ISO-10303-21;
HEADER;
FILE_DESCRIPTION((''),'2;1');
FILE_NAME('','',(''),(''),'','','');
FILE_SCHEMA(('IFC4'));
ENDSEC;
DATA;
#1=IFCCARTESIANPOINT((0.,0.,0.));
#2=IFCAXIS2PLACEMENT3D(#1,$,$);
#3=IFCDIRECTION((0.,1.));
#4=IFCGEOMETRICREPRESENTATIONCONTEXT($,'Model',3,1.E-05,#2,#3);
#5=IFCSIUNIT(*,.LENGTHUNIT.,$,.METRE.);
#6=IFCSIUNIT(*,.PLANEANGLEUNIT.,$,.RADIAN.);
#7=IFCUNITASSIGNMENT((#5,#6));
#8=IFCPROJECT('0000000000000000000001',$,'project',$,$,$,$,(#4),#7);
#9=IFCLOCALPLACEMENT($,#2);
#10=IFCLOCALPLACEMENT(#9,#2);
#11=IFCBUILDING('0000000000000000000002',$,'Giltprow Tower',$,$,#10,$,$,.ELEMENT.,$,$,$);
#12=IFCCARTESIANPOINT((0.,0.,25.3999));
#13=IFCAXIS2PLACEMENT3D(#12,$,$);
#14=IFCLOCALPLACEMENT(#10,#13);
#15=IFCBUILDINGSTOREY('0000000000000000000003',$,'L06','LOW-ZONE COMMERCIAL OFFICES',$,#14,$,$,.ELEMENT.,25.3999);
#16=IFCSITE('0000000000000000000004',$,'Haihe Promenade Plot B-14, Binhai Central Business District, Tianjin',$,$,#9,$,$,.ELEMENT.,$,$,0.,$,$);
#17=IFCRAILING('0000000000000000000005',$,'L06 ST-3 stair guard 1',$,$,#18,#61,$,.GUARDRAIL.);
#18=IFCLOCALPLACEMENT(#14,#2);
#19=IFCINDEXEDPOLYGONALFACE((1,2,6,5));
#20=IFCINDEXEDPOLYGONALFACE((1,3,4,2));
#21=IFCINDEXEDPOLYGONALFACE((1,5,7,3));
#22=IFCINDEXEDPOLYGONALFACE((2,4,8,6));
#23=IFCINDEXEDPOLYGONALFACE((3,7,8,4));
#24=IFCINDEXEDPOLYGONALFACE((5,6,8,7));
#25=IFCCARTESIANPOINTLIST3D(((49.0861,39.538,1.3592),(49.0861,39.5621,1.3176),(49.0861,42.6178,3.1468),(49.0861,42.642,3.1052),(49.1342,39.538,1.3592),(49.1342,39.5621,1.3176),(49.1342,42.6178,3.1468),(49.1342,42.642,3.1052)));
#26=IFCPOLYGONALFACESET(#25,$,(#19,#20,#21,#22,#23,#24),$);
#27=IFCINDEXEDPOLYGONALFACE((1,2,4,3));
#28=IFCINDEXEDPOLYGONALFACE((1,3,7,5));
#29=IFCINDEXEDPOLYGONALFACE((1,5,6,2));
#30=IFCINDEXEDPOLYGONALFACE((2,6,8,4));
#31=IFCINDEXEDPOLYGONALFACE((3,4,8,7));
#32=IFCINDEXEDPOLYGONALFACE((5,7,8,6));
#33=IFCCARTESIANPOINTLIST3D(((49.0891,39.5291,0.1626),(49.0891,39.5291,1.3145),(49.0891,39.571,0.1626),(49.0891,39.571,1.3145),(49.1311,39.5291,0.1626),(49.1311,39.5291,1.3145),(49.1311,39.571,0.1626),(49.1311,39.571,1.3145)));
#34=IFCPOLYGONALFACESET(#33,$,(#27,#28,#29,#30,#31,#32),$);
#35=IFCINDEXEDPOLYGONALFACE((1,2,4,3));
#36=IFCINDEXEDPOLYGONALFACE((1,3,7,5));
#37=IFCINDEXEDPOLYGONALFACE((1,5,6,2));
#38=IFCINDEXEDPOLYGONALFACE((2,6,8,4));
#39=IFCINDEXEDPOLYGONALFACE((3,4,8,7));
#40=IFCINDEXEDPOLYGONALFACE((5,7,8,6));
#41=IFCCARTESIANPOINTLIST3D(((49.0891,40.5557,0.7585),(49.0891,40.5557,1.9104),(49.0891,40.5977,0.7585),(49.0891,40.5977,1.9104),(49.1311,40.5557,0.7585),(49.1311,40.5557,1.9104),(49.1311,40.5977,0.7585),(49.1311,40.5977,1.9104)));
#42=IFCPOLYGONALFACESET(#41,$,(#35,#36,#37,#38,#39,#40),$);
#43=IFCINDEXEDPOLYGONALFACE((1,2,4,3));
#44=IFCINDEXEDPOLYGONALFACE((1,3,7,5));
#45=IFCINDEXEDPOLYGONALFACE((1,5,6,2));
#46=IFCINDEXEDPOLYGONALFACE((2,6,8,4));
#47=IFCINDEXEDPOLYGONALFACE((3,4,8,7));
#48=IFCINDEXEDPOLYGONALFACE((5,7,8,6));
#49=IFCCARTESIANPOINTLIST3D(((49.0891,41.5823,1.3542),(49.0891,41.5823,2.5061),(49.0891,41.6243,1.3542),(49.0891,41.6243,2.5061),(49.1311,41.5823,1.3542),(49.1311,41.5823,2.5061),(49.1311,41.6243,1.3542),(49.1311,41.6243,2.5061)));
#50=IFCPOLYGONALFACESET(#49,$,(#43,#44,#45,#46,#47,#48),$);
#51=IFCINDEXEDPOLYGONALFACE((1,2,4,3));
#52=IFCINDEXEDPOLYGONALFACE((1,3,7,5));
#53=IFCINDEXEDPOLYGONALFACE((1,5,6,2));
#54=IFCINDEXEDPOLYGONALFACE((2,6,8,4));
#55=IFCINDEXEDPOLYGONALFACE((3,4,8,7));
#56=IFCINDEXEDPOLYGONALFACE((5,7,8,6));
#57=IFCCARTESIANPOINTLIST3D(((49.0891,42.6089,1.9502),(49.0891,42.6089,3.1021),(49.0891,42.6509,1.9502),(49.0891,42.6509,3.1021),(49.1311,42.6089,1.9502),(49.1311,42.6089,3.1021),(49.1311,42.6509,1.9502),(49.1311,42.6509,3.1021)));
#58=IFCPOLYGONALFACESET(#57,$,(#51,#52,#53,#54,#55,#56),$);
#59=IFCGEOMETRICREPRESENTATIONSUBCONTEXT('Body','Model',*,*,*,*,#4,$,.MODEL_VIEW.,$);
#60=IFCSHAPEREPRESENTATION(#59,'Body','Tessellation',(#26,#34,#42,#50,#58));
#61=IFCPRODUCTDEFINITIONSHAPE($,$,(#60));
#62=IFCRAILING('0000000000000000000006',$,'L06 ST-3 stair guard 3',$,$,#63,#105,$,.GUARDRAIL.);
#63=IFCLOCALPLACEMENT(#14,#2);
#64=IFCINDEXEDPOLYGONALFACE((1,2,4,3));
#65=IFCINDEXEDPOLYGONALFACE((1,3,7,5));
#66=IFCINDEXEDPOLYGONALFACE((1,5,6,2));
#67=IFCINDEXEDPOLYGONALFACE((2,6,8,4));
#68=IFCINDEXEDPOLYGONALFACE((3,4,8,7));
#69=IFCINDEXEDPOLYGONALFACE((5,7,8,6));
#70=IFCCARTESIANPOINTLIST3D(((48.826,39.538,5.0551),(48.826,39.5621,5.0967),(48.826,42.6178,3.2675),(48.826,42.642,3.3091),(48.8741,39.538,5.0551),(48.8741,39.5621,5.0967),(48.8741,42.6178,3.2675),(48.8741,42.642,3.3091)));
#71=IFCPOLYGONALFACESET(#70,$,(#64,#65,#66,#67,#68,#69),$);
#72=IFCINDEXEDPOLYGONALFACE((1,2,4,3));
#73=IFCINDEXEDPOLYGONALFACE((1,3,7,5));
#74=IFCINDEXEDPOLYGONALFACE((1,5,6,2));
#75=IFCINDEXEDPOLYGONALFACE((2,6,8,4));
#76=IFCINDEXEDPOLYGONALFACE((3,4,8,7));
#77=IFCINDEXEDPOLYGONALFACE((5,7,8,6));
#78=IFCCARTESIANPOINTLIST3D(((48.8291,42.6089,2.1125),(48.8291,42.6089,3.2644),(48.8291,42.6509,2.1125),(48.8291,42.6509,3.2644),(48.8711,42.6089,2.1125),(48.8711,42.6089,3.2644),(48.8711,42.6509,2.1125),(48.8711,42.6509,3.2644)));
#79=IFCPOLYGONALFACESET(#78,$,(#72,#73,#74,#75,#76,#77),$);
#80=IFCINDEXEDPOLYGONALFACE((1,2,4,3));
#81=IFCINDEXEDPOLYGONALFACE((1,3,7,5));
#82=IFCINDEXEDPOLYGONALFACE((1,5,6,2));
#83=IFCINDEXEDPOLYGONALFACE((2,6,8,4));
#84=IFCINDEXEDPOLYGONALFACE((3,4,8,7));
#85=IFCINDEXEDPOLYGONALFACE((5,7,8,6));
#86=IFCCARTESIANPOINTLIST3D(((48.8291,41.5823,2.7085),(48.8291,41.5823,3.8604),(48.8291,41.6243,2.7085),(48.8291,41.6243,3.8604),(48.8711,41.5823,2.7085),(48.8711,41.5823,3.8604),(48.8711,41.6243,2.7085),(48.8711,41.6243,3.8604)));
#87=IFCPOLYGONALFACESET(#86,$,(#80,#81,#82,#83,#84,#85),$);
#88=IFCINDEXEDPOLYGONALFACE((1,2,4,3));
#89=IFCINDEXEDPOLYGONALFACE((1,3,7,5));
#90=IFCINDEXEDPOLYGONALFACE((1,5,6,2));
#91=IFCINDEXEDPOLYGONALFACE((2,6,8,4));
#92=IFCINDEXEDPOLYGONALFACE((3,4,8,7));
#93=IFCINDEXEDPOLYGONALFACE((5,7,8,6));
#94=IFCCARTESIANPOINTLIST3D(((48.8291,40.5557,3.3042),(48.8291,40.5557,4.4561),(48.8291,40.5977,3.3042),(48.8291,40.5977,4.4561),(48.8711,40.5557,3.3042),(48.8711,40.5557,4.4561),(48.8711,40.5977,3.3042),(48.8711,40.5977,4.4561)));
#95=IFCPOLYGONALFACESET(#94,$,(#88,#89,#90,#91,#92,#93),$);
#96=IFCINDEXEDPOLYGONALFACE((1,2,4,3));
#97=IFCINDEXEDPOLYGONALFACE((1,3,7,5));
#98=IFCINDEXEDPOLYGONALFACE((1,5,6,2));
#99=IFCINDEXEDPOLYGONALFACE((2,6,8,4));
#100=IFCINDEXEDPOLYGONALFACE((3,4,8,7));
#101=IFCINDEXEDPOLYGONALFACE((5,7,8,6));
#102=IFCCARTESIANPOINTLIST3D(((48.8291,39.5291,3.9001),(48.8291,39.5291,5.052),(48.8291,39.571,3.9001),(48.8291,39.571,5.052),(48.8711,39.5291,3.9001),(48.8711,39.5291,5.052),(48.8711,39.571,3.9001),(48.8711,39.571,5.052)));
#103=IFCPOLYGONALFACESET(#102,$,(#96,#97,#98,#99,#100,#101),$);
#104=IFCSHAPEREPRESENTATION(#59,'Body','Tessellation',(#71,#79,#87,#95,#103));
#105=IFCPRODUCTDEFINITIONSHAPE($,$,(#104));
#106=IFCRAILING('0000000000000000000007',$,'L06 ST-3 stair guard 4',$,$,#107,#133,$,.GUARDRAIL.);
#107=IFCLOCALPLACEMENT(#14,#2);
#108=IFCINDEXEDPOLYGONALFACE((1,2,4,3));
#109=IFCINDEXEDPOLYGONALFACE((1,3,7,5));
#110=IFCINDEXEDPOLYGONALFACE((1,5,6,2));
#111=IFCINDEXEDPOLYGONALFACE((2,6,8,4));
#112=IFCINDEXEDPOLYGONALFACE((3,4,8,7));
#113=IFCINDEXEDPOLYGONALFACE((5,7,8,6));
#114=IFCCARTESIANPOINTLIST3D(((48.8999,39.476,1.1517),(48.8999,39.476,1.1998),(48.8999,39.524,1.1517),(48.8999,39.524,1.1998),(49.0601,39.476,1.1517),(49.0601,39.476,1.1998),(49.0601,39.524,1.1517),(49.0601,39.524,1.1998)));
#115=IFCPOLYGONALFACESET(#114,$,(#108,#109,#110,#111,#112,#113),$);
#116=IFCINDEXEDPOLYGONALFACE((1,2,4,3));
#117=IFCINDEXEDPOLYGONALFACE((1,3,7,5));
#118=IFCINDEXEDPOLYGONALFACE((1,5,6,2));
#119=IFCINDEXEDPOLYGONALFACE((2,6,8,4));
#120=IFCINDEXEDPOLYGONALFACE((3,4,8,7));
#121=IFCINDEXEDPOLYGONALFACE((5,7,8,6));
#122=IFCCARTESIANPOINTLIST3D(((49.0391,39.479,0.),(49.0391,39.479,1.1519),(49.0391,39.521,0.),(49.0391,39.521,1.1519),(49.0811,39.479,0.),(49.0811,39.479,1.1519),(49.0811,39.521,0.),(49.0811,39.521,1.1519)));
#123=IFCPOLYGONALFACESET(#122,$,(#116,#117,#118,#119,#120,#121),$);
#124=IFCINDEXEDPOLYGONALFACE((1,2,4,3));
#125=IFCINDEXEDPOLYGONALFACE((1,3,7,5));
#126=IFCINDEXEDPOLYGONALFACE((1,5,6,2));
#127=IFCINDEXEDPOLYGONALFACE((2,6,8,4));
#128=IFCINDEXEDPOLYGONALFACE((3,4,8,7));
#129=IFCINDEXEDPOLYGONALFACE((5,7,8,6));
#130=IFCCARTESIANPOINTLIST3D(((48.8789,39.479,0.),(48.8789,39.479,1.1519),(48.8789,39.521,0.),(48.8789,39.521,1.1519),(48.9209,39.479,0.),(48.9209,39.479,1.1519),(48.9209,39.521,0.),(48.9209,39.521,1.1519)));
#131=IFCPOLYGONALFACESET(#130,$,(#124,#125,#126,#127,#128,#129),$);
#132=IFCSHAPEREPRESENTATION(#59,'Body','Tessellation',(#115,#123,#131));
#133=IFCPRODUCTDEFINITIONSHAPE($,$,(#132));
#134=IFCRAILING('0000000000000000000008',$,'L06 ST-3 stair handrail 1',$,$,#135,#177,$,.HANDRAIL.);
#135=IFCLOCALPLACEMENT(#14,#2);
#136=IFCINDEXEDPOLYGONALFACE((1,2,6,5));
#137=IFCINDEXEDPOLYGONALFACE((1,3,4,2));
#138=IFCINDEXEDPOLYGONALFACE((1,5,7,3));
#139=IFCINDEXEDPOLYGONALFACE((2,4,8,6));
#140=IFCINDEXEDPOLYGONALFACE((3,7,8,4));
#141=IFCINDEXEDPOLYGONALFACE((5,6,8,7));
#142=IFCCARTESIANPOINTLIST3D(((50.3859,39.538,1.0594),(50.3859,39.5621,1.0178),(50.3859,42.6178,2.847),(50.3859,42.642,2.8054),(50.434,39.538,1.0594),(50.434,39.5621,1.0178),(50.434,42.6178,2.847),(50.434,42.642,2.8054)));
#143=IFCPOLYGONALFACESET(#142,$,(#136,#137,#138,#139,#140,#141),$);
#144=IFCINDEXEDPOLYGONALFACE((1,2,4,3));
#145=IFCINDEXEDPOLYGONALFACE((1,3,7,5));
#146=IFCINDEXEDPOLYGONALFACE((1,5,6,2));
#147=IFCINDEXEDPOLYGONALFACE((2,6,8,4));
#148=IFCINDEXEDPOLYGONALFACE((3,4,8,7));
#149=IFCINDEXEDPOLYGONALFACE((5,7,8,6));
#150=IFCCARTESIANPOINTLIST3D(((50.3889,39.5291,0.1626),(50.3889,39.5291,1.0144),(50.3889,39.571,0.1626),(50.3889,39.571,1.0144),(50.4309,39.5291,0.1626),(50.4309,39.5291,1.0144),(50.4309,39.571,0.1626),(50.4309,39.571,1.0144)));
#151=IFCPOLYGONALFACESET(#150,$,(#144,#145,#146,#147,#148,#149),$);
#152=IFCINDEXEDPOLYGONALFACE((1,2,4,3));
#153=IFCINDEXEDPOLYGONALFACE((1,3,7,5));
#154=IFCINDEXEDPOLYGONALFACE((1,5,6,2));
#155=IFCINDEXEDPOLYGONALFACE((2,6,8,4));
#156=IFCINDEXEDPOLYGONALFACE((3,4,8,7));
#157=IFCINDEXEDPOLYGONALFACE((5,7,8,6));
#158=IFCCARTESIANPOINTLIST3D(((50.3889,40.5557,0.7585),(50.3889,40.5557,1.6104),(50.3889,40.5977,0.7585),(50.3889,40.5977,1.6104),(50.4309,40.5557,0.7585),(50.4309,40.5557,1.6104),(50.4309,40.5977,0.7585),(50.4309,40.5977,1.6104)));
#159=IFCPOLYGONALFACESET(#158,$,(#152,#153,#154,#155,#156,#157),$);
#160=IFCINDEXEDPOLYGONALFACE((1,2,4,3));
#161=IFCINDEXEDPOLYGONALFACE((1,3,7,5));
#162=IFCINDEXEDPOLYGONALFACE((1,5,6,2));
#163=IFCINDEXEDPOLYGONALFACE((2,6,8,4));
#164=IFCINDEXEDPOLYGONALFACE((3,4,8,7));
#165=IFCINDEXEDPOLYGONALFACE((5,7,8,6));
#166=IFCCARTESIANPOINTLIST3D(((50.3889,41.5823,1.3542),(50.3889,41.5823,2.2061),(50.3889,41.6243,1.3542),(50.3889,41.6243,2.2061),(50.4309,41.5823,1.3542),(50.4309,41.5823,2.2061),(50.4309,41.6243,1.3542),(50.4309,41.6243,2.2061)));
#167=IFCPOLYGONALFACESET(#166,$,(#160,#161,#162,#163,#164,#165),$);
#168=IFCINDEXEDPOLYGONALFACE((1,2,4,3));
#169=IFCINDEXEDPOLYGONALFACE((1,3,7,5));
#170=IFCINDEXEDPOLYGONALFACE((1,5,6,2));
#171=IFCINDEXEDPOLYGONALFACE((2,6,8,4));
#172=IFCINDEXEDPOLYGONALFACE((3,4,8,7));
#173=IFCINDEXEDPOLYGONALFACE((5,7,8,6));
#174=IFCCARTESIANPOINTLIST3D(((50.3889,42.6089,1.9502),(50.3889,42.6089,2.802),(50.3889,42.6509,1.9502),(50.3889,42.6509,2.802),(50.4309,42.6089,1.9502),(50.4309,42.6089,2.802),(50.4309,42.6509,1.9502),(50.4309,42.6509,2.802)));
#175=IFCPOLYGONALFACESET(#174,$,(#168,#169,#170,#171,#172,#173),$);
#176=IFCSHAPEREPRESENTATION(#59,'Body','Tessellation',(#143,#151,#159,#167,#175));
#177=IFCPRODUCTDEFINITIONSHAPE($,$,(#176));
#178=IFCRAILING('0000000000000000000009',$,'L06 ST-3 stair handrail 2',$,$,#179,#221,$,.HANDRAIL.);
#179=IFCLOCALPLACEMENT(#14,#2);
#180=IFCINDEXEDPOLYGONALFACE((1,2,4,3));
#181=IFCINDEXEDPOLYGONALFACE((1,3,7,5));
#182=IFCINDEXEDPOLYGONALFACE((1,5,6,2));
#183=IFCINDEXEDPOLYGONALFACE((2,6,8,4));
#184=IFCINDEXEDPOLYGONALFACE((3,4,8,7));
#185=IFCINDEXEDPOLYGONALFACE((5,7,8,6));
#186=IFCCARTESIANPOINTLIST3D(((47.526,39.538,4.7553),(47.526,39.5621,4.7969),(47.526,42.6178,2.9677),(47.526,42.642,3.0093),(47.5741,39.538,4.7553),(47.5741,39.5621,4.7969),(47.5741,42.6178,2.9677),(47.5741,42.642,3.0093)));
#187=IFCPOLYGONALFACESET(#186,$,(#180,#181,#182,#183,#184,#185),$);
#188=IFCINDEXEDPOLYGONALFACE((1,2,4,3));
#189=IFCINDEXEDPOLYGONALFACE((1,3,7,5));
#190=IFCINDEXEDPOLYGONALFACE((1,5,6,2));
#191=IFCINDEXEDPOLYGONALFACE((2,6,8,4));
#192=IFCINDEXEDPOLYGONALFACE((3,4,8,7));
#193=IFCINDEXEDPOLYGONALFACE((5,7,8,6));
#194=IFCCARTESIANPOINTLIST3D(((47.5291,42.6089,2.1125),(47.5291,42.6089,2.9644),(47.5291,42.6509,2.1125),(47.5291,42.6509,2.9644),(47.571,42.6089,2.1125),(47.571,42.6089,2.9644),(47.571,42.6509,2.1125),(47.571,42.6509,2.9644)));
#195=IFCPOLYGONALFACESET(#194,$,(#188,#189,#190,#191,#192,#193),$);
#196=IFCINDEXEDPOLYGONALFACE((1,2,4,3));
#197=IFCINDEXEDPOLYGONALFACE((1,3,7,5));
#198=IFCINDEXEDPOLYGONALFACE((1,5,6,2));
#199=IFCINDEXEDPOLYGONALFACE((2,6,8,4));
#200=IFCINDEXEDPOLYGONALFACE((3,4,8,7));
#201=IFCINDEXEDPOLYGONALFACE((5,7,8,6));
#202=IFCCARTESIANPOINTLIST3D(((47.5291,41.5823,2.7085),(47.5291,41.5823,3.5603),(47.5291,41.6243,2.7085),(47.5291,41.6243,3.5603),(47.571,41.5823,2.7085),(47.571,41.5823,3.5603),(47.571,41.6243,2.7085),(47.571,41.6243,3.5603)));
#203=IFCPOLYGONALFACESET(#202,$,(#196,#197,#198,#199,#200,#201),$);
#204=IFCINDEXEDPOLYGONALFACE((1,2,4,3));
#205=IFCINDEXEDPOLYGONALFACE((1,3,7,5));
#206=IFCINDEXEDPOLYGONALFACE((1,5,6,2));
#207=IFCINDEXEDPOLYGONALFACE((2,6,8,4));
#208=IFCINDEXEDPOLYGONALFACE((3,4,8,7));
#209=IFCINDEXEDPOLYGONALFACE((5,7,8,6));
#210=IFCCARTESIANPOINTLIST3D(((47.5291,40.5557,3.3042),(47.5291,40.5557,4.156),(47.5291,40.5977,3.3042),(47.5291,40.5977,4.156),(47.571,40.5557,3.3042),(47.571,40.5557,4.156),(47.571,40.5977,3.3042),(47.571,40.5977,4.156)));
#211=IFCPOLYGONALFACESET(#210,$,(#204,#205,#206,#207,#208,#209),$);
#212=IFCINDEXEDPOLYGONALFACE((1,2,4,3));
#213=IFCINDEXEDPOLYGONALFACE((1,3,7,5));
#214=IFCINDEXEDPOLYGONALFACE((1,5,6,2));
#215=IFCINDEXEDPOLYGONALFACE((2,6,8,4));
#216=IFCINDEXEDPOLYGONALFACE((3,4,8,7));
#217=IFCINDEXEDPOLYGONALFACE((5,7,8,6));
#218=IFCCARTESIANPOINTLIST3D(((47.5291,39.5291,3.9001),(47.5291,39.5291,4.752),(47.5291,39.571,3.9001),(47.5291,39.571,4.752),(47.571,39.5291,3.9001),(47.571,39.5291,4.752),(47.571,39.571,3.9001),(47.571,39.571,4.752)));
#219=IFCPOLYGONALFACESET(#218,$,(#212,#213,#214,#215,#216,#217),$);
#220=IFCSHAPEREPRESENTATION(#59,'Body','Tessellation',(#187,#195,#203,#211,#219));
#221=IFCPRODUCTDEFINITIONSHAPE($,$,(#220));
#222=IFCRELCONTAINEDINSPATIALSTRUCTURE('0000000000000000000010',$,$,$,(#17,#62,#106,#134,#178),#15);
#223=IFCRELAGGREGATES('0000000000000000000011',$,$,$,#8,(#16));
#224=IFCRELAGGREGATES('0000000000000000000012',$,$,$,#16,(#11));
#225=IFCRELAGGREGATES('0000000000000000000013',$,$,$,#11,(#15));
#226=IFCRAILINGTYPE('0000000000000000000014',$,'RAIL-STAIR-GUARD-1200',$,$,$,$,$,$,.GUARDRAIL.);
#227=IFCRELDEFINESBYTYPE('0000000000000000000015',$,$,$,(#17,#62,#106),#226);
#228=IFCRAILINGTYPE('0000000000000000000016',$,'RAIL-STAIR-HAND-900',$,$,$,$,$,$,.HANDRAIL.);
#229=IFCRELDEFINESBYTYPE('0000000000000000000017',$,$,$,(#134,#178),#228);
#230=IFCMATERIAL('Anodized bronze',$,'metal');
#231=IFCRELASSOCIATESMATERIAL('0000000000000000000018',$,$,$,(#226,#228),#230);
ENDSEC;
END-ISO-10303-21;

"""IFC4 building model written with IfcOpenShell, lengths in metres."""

from ifc_helpers import new_model, si_unit, direction, frame, origin, origin_2d, place, context, subcontext, project, spatial, rectangle, extrude, material, type_object, element, save


model = new_model("IFC4")

# Units and contexts
model_context = context("Model", 3, precision=1e-05, world=origin(), true_north=direction((0.0, 1.0)))
body_context = subcontext(model_context, "Body", "Model", "MODEL_VIEW")
ifc_project = project(units=[si_unit("LENGTHUNIT", "METRE"), si_unit("PLANEANGLEUNIT", "RADIAN")], contexts=[model_context])

# Site, building, storey
site_placement = place(None, origin())
site = spatial("IfcSite", under=ifc_project, at=site_placement, Name="Haihe Promenade Plot B-14, Binhai Central Business District, Tianjin", CompositionType="ELEMENT", RefElevation=0.0)
building_placement = place(site_placement, origin())
building = spatial("IfcBuilding", under=site, at=building_placement, Name="Giltprow Tower", CompositionType="ELEMENT")
storey_placement = place(building_placement, frame((0.0, 0.0, 25.3999)))
storey = spatial("IfcBuildingStorey", under=building, at=storey_placement, Name="L06", Description="LOW-ZONE COMMERCIAL OFFICES", CompositionType="ELEMENT", Elevation=25.3999)

# Railings
ifc_material_1 = material(Name="Anodized bronze", Category="metal")
railing_type_1 = type_object("IfcRailingType", Name="RAIL-STAIR-GUARD-1200", PredefinedType="GUARDRAIL", material=ifc_material_1)
railing_1_placement = place(storey_placement, frame((49.1101, 39.55, 0.1626)))
element("IfcRailing", 1, at=railing_1_placement, inside=storey, type_object=railing_type_1, Name="L06 ST-3 stair guard 1", PredefinedType="GUARDRAIL", context=body_context, shape_type="SweptSolid", body=[
    extrude(rectangle(XDim=0.0481, YDim=0.0481, at=origin_2d()), frame((0.0, 0.0, 1.1758), z_axis=(0.0, 0.864873, 0.50199), x_axis=(-1.0, 0.0, 0.0)), (0.0, 0.0, 1.0), 3.561),
    extrude(rectangle(XDim=0.042, YDim=0.042, at=origin_2d()), origin(), (0.0, 0.0, 1.0), 1.1519),
    extrude(rectangle(XDim=0.042, YDim=0.042, at=origin_2d()), frame((0.0, 1.0266, 0.5959)), (0.0, 0.0, 1.0), 1.1519),
    extrude(rectangle(XDim=0.042, YDim=0.042, at=origin_2d()), frame((0.0, 2.0532, 1.1917)), (0.0, 0.0, 1.0), 1.1519),
    extrude(rectangle(XDim=0.042, YDim=0.042, at=origin_2d()), frame((0.0, 3.0798, 1.7876)), (0.0, 0.0, 1.0), 1.1519),
])
railing_2_placement = place(storey_placement, frame((48.8501, 42.6299, 2.1125)))
element("IfcRailing", 2, at=railing_2_placement, inside=storey, type_object=railing_type_1, Name="L06 ST-3 stair guard 3", PredefinedType="GUARDRAIL", context=body_context, shape_type="SweptSolid", body=[
    extrude(rectangle(XDim=0.0481, YDim=0.0481, at=origin_2d()), frame((0.0, 0.0, 1.1758), z_axis=(0.0, -0.864873, 0.50199), x_axis=(1.0, 0.0, 0.0)), (0.0, 0.0, 1.0), 3.561),
    extrude(rectangle(XDim=0.042, YDim=0.042, at=origin_2d()), origin(), (0.0, 0.0, 1.0), 1.1519),
    extrude(rectangle(XDim=0.042, YDim=0.042, at=origin_2d()), frame((0.0, -1.0266, 0.5959)), (0.0, 0.0, 1.0), 1.1519),
    extrude(rectangle(XDim=0.042, YDim=0.042, at=origin_2d()), frame((0.0, -2.0532, 1.1917)), (0.0, 0.0, 1.0), 1.1519),
    extrude(rectangle(XDim=0.042, YDim=0.042, at=origin_2d()), frame((0.0, -3.0798, 1.7876)), (0.0, 0.0, 1.0), 1.1519),
])
railing_3_placement = place(storey_placement, frame((49.0601, 39.5, 0.0)))
element("IfcRailing", 3, at=railing_3_placement, inside=storey, type_object=railing_type_1, Name="L06 ST-3 stair guard 4", PredefinedType="GUARDRAIL", context=body_context, shape_type="SweptSolid", body=[
    extrude(rectangle(XDim=0.0481, YDim=0.0481, at=origin_2d()), frame((0.0, 0.0, 1.1758), z_axis=(-1.0, 0.0, 0.0), x_axis=(0.0, -1.0, 0.0)), (0.0, 0.0, 1.0), 0.1602),
    extrude(rectangle(XDim=0.042, YDim=0.042, at=origin_2d()), origin(), (0.0, 0.0, 1.0), 1.1519),
    extrude(rectangle(XDim=0.042, YDim=0.042, at=origin_2d()), frame((-0.1602, 0.0, 0.0)), (0.0, 0.0, 1.0), 1.1519),
])
railing_type_2 = type_object("IfcRailingType", Name="RAIL-STAIR-HAND-900", PredefinedType="HANDRAIL", material=ifc_material_1)
railing_4_placement = place(storey_placement, frame((50.4099, 39.55, 0.1626)))
element("IfcRailing", 4, at=railing_4_placement, inside=storey, type_object=railing_type_2, Name="L06 ST-3 stair handrail 1", PredefinedType="HANDRAIL", context=body_context, shape_type="SweptSolid", body=[
    extrude(rectangle(XDim=0.0481, YDim=0.0481, at=origin_2d()), frame((0.0, 0.0, 0.876), z_axis=(0.0, 0.864873, 0.50199), x_axis=(-1.0, 0.0, 0.0)), (0.0, 0.0, 1.0), 3.561),
    extrude(rectangle(XDim=0.042, YDim=0.042, at=origin_2d()), origin(), (0.0, 0.0, 1.0), 0.8518),
    extrude(rectangle(XDim=0.042, YDim=0.042, at=origin_2d()), frame((0.0, 1.0266, 0.5959)), (0.0, 0.0, 1.0), 0.8518),
    extrude(rectangle(XDim=0.042, YDim=0.042, at=origin_2d()), frame((0.0, 2.0532, 1.1917)), (0.0, 0.0, 1.0), 0.8518),
    extrude(rectangle(XDim=0.042, YDim=0.042, at=origin_2d()), frame((0.0, 3.0798, 1.7876)), (0.0, 0.0, 1.0), 0.8518),
])
railing_5_placement = place(storey_placement, frame((47.55, 42.6299, 2.1125)))
element("IfcRailing", 5, at=railing_5_placement, inside=storey, type_object=railing_type_2, Name="L06 ST-3 stair handrail 2", PredefinedType="HANDRAIL", context=body_context, shape_type="SweptSolid", body=[
    extrude(rectangle(XDim=0.0481, YDim=0.0481, at=origin_2d()), frame((0.0, 0.0, 0.876), z_axis=(0.0, -0.864873, 0.50199), x_axis=(1.0, 0.0, 0.0)), (0.0, 0.0, 1.0), 3.561),
    extrude(rectangle(XDim=0.042, YDim=0.042, at=origin_2d()), origin(), (0.0, 0.0, 1.0), 0.8518),
    extrude(rectangle(XDim=0.042, YDim=0.042, at=origin_2d()), frame((0.0, -1.0266, 0.5959)), (0.0, 0.0, 1.0), 0.8518),
    extrude(rectangle(XDim=0.042, YDim=0.042, at=origin_2d()), frame((0.0, -2.0532, 1.1917)), (0.0, 0.0, 1.0), 0.8518),
    extrude(rectangle(XDim=0.042, YDim=0.042, at=origin_2d()), frame((0.0, -3.0798, 1.7876)), (0.0, 0.0, 1.0), 0.8518),
])

save(model, "model.ifc")
